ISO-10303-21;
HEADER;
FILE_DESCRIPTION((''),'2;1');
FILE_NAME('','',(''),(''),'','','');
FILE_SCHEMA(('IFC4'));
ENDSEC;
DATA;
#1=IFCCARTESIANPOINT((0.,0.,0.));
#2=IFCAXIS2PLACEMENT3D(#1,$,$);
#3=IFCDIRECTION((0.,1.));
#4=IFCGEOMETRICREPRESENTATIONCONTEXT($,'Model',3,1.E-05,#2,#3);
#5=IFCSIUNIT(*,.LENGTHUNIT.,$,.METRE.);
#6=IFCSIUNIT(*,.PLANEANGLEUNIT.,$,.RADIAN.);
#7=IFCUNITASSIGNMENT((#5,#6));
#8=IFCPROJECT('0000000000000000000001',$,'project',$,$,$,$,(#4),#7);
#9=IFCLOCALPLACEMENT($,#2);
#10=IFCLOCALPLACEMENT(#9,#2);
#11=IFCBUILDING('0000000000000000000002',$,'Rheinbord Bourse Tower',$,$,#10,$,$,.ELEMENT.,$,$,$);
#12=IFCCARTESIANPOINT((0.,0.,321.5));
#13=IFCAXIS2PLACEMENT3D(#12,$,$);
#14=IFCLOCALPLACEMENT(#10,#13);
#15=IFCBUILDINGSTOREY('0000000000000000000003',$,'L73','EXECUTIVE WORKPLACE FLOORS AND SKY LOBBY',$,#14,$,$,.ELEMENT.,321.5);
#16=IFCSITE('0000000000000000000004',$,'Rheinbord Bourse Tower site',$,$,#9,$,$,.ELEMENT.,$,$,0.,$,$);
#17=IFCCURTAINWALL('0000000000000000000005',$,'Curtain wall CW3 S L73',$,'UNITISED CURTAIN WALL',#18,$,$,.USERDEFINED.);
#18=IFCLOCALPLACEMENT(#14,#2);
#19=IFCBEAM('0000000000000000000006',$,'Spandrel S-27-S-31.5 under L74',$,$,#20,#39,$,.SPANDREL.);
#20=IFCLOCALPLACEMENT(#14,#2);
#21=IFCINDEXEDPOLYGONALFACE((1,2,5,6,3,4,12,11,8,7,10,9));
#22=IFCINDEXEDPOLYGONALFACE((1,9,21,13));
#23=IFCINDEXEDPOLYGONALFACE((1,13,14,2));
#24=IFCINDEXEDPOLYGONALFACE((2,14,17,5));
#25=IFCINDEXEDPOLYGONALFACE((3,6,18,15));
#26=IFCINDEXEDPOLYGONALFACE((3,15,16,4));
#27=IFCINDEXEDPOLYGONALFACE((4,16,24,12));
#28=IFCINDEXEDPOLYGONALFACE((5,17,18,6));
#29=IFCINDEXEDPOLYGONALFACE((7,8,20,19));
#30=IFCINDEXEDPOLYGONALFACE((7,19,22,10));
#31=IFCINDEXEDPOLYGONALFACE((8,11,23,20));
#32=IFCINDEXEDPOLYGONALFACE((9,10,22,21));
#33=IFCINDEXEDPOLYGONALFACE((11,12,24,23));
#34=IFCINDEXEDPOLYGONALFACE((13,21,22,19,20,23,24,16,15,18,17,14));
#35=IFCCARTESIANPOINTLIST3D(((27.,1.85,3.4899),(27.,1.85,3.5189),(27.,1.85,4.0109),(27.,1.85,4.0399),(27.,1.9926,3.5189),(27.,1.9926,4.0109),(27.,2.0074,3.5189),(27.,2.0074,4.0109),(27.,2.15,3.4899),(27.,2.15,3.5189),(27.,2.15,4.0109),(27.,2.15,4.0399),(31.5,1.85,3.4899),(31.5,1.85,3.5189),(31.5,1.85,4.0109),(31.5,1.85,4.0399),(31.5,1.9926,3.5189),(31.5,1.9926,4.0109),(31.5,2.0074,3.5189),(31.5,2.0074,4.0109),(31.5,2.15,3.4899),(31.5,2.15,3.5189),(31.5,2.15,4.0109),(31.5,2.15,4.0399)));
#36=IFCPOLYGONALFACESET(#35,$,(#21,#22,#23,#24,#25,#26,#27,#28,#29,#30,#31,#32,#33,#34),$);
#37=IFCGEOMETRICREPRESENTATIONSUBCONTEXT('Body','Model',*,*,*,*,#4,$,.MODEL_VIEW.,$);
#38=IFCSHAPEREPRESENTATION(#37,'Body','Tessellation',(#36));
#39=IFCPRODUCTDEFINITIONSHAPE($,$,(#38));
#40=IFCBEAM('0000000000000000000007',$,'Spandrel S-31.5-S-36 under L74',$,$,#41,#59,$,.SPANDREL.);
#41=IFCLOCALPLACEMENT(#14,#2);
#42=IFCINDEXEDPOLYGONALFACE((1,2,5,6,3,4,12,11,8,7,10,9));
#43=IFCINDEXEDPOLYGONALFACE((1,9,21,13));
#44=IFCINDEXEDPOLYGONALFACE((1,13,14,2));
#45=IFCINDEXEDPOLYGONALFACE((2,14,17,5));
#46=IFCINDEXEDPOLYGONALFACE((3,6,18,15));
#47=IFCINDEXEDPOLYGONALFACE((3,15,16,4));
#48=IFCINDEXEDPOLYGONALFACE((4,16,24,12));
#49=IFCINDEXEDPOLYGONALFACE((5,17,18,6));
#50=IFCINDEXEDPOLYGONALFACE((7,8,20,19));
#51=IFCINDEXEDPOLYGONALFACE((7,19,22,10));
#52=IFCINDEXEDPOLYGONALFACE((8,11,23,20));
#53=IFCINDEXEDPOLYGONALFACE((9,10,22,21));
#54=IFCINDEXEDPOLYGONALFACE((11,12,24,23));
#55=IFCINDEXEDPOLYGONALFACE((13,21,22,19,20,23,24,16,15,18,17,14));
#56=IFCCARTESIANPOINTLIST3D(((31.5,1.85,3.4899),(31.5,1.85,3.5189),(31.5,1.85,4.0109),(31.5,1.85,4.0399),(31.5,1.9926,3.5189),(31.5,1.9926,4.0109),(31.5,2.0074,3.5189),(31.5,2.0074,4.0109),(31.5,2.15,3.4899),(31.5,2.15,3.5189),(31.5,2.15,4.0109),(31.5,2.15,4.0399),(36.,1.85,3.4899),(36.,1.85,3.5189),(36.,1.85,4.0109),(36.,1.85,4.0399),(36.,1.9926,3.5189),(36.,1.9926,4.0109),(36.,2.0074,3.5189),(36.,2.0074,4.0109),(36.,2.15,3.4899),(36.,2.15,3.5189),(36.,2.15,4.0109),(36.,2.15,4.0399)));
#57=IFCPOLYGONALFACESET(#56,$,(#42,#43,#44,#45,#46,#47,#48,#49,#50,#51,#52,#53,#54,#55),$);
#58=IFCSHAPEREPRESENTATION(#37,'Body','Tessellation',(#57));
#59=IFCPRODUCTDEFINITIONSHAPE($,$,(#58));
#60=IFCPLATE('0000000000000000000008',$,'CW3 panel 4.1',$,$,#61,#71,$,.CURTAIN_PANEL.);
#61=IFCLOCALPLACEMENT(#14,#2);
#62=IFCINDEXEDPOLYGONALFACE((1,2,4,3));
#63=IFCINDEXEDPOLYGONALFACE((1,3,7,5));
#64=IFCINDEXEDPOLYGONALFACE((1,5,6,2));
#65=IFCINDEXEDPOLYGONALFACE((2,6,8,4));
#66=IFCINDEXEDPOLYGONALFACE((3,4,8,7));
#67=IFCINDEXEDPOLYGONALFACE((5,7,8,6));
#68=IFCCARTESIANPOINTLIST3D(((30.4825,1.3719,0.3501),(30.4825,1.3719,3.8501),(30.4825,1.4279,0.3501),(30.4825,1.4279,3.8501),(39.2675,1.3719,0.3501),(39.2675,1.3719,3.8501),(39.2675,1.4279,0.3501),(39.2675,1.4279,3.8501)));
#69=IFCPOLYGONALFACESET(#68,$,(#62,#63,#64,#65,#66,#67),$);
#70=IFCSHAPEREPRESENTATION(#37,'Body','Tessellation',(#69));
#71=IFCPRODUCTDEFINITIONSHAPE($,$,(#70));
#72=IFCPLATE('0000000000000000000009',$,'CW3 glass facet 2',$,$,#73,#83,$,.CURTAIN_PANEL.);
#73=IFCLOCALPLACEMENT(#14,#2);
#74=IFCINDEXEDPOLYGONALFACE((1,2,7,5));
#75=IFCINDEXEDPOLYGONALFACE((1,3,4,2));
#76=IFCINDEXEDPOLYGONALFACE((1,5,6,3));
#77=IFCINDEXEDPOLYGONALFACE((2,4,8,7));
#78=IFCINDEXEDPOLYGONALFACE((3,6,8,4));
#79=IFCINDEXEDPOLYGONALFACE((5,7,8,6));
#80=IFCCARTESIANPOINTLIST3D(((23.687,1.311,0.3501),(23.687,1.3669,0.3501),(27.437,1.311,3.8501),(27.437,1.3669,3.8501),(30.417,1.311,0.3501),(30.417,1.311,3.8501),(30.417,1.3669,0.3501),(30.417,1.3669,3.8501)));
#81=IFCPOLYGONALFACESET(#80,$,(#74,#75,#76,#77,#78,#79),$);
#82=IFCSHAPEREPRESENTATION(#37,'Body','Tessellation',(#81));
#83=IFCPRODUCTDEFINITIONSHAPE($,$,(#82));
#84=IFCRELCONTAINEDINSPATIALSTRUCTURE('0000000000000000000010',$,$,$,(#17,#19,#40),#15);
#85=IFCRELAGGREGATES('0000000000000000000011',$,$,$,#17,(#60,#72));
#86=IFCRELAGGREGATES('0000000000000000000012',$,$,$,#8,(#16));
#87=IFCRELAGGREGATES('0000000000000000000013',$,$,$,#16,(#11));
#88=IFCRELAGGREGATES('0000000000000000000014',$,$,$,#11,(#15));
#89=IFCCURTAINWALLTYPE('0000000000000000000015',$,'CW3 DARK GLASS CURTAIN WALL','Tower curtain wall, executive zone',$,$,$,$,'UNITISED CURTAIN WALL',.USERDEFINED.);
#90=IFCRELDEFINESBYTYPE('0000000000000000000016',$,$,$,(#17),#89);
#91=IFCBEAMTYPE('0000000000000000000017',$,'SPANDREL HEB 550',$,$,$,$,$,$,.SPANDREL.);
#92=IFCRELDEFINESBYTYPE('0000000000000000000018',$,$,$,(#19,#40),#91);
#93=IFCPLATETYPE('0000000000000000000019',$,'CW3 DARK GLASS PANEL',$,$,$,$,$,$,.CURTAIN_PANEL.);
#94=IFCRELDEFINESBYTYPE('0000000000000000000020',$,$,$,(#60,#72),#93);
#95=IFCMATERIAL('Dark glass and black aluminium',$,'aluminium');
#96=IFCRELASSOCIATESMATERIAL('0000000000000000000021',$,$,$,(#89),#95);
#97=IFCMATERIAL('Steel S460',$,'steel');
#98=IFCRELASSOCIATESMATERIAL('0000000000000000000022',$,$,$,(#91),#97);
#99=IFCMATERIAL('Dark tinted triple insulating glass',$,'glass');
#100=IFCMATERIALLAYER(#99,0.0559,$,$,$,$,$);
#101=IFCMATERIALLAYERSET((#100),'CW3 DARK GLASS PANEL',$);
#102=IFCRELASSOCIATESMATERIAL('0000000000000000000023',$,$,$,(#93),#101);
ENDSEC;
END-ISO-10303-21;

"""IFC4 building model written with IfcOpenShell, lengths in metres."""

from ifc_helpers import new_model, si_unit, direction, frame, origin, origin_2d, place, context, subcontext, project, spatial, polyline, rectangle, i_section, outline, extrude, material, layer, layer_set, material_profile, profile_set, type_object, element, aggregate, save


model = new_model("IFC4")

# Units and contexts
model_context = context("Model", 3, precision=1e-05, world=origin(), true_north=direction((0.0, 1.0)))
body_context = subcontext(model_context, "Body", "Model", "MODEL_VIEW")
ifc_project = project(units=[si_unit("LENGTHUNIT", "METRE"), si_unit("PLANEANGLEUNIT", "RADIAN")], contexts=[model_context])

# Site, building, storey
site_placement = place(None, origin())
site = spatial("IfcSite", under=ifc_project, at=site_placement, Name="Rheinbord Bourse Tower site", CompositionType="ELEMENT", RefElevation=0.0)
building_placement = place(site_placement, origin())
building = spatial("IfcBuilding", under=site, at=building_placement, Name="Rheinbord Bourse Tower", CompositionType="ELEMENT")
storey_placement = place(building_placement, frame((0.0, 0.0, 321.5)))
storey = spatial("IfcBuildingStorey", under=building, at=storey_placement, Name="L73", Description="EXECUTIVE WORKPLACE FLOORS AND SKY LOBBY", CompositionType="ELEMENT", Elevation=321.5)

# Curtain wall
ifc_material_1 = material(Name="Dark glass and black aluminium", Category="aluminium")
curtain_wall_type = type_object("IfcCurtainWallType", Name="CW3 DARK GLASS CURTAIN WALL", Description="Tower curtain wall, executive zone", ElementType="UNITISED CURTAIN WALL", PredefinedType="USERDEFINED", material=ifc_material_1)
curtain_wall_placement = place(storey_placement, origin())
curtain_wall = element("IfcCurtainWall", 1, at=curtain_wall_placement, inside=storey, type_object=curtain_wall_type, Name="Curtain wall CW3 S L73", ObjectType="UNITISED CURTAIN WALL", PredefinedType="USERDEFINED")

# Beams
ifc_material_2 = material(Name="Steel S460", Category="steel")
ifc_material_profile_1 = material_profile(ifc_material_2, i_section(OverallWidth=0.3, OverallDepth=0.55, WebThickness=0.0149, FlangeThickness=0.0291, at=origin_2d()), Name="HEB 550")
ifc_profile_set_1 = profile_set([ifc_material_profile_1], Name="Steel S460")
beam_type_1 = type_object("IfcBeamType", Name="SPANDREL HEB 550", PredefinedType="SPANDREL", material=ifc_profile_set_1)
for number, where, z_axis, x_axis, name in (
    (2, (27.0, 2.0, 3.7649), (1.0, 0.0, 0.0), (0.0, 1.0, 0.0), "Spandrel S-27-S-31.5 under L74"),
    (3, (31.5, 2.0, 3.7649), (1.0, 0.0, 0.0), (0.0, 1.0, 0.0), "Spandrel S-31.5-S-36 under L74"),
):
    element("IfcBeam", number, at=place(storey_placement, frame(where, z_axis=z_axis, x_axis=x_axis)), inside=storey, type_object=beam_type_1, Name=name, PredefinedType="SPANDREL", context=body_context, shape_type="SweptSolid", body=[
        extrude(i_section(OverallWidth=0.3, OverallDepth=0.55, WebThickness=0.0149, FlangeThickness=0.0291, at=origin_2d()), origin(), (0.0, 0.0, 1.0), 4.5),
    ])

# Plates
ifc_material_3 = material(Name="Dark tinted triple insulating glass", Category="glass")
ifc_layer = layer(ifc_material_3, 0.0559)
ifc_layer_set = layer_set([ifc_layer], Name="CW3 DARK GLASS PANEL")
plate_type = type_object("IfcPlateType", Name="CW3 DARK GLASS PANEL", PredefinedType="CURTAIN_PANEL", material=ifc_layer_set)
plate_1_placement = place(storey_placement, frame((34.875, 1.3999, 0.3501), z_axis=(0.0, 0.0, 1.0), x_axis=(1.0, 0.0, 0.0)))
plate_1 = element("IfcPlate", 4, at=plate_1_placement, type_object=plate_type, Name="CW3 panel 4.1", PredefinedType="CURTAIN_PANEL", context=body_context, shape_type="SweptSolid", body=[
    extrude(rectangle(XDim=8.7849, YDim=0.0559, at=origin_2d()), origin(), (0.0, 0.0, 1.0), 3.5),
])
plate_2_placement = place(storey_placement, frame((30.417, 1.311, 3.8501), z_axis=(0.0, 1.0, 0.0), x_axis=(0.0, 0.0, -1.0)))
plate_2 = element("IfcPlate", 5, at=plate_2_placement, type_object=plate_type, Name="CW3 glass facet 2", PredefinedType="CURTAIN_PANEL", context=body_context, shape_type="SweptSolid", body=[
    extrude(outline(polyline([(0.0, 0.0), (3.5, 0.0), (3.5, 6.73), (0.0, 2.98), (0.0, 0.0)])), origin(), (0.0, 0.0, 1.0), 0.0559),
])
aggregate(curtain_wall, [plate_1, plate_2])

save(model, "model.ifc")
